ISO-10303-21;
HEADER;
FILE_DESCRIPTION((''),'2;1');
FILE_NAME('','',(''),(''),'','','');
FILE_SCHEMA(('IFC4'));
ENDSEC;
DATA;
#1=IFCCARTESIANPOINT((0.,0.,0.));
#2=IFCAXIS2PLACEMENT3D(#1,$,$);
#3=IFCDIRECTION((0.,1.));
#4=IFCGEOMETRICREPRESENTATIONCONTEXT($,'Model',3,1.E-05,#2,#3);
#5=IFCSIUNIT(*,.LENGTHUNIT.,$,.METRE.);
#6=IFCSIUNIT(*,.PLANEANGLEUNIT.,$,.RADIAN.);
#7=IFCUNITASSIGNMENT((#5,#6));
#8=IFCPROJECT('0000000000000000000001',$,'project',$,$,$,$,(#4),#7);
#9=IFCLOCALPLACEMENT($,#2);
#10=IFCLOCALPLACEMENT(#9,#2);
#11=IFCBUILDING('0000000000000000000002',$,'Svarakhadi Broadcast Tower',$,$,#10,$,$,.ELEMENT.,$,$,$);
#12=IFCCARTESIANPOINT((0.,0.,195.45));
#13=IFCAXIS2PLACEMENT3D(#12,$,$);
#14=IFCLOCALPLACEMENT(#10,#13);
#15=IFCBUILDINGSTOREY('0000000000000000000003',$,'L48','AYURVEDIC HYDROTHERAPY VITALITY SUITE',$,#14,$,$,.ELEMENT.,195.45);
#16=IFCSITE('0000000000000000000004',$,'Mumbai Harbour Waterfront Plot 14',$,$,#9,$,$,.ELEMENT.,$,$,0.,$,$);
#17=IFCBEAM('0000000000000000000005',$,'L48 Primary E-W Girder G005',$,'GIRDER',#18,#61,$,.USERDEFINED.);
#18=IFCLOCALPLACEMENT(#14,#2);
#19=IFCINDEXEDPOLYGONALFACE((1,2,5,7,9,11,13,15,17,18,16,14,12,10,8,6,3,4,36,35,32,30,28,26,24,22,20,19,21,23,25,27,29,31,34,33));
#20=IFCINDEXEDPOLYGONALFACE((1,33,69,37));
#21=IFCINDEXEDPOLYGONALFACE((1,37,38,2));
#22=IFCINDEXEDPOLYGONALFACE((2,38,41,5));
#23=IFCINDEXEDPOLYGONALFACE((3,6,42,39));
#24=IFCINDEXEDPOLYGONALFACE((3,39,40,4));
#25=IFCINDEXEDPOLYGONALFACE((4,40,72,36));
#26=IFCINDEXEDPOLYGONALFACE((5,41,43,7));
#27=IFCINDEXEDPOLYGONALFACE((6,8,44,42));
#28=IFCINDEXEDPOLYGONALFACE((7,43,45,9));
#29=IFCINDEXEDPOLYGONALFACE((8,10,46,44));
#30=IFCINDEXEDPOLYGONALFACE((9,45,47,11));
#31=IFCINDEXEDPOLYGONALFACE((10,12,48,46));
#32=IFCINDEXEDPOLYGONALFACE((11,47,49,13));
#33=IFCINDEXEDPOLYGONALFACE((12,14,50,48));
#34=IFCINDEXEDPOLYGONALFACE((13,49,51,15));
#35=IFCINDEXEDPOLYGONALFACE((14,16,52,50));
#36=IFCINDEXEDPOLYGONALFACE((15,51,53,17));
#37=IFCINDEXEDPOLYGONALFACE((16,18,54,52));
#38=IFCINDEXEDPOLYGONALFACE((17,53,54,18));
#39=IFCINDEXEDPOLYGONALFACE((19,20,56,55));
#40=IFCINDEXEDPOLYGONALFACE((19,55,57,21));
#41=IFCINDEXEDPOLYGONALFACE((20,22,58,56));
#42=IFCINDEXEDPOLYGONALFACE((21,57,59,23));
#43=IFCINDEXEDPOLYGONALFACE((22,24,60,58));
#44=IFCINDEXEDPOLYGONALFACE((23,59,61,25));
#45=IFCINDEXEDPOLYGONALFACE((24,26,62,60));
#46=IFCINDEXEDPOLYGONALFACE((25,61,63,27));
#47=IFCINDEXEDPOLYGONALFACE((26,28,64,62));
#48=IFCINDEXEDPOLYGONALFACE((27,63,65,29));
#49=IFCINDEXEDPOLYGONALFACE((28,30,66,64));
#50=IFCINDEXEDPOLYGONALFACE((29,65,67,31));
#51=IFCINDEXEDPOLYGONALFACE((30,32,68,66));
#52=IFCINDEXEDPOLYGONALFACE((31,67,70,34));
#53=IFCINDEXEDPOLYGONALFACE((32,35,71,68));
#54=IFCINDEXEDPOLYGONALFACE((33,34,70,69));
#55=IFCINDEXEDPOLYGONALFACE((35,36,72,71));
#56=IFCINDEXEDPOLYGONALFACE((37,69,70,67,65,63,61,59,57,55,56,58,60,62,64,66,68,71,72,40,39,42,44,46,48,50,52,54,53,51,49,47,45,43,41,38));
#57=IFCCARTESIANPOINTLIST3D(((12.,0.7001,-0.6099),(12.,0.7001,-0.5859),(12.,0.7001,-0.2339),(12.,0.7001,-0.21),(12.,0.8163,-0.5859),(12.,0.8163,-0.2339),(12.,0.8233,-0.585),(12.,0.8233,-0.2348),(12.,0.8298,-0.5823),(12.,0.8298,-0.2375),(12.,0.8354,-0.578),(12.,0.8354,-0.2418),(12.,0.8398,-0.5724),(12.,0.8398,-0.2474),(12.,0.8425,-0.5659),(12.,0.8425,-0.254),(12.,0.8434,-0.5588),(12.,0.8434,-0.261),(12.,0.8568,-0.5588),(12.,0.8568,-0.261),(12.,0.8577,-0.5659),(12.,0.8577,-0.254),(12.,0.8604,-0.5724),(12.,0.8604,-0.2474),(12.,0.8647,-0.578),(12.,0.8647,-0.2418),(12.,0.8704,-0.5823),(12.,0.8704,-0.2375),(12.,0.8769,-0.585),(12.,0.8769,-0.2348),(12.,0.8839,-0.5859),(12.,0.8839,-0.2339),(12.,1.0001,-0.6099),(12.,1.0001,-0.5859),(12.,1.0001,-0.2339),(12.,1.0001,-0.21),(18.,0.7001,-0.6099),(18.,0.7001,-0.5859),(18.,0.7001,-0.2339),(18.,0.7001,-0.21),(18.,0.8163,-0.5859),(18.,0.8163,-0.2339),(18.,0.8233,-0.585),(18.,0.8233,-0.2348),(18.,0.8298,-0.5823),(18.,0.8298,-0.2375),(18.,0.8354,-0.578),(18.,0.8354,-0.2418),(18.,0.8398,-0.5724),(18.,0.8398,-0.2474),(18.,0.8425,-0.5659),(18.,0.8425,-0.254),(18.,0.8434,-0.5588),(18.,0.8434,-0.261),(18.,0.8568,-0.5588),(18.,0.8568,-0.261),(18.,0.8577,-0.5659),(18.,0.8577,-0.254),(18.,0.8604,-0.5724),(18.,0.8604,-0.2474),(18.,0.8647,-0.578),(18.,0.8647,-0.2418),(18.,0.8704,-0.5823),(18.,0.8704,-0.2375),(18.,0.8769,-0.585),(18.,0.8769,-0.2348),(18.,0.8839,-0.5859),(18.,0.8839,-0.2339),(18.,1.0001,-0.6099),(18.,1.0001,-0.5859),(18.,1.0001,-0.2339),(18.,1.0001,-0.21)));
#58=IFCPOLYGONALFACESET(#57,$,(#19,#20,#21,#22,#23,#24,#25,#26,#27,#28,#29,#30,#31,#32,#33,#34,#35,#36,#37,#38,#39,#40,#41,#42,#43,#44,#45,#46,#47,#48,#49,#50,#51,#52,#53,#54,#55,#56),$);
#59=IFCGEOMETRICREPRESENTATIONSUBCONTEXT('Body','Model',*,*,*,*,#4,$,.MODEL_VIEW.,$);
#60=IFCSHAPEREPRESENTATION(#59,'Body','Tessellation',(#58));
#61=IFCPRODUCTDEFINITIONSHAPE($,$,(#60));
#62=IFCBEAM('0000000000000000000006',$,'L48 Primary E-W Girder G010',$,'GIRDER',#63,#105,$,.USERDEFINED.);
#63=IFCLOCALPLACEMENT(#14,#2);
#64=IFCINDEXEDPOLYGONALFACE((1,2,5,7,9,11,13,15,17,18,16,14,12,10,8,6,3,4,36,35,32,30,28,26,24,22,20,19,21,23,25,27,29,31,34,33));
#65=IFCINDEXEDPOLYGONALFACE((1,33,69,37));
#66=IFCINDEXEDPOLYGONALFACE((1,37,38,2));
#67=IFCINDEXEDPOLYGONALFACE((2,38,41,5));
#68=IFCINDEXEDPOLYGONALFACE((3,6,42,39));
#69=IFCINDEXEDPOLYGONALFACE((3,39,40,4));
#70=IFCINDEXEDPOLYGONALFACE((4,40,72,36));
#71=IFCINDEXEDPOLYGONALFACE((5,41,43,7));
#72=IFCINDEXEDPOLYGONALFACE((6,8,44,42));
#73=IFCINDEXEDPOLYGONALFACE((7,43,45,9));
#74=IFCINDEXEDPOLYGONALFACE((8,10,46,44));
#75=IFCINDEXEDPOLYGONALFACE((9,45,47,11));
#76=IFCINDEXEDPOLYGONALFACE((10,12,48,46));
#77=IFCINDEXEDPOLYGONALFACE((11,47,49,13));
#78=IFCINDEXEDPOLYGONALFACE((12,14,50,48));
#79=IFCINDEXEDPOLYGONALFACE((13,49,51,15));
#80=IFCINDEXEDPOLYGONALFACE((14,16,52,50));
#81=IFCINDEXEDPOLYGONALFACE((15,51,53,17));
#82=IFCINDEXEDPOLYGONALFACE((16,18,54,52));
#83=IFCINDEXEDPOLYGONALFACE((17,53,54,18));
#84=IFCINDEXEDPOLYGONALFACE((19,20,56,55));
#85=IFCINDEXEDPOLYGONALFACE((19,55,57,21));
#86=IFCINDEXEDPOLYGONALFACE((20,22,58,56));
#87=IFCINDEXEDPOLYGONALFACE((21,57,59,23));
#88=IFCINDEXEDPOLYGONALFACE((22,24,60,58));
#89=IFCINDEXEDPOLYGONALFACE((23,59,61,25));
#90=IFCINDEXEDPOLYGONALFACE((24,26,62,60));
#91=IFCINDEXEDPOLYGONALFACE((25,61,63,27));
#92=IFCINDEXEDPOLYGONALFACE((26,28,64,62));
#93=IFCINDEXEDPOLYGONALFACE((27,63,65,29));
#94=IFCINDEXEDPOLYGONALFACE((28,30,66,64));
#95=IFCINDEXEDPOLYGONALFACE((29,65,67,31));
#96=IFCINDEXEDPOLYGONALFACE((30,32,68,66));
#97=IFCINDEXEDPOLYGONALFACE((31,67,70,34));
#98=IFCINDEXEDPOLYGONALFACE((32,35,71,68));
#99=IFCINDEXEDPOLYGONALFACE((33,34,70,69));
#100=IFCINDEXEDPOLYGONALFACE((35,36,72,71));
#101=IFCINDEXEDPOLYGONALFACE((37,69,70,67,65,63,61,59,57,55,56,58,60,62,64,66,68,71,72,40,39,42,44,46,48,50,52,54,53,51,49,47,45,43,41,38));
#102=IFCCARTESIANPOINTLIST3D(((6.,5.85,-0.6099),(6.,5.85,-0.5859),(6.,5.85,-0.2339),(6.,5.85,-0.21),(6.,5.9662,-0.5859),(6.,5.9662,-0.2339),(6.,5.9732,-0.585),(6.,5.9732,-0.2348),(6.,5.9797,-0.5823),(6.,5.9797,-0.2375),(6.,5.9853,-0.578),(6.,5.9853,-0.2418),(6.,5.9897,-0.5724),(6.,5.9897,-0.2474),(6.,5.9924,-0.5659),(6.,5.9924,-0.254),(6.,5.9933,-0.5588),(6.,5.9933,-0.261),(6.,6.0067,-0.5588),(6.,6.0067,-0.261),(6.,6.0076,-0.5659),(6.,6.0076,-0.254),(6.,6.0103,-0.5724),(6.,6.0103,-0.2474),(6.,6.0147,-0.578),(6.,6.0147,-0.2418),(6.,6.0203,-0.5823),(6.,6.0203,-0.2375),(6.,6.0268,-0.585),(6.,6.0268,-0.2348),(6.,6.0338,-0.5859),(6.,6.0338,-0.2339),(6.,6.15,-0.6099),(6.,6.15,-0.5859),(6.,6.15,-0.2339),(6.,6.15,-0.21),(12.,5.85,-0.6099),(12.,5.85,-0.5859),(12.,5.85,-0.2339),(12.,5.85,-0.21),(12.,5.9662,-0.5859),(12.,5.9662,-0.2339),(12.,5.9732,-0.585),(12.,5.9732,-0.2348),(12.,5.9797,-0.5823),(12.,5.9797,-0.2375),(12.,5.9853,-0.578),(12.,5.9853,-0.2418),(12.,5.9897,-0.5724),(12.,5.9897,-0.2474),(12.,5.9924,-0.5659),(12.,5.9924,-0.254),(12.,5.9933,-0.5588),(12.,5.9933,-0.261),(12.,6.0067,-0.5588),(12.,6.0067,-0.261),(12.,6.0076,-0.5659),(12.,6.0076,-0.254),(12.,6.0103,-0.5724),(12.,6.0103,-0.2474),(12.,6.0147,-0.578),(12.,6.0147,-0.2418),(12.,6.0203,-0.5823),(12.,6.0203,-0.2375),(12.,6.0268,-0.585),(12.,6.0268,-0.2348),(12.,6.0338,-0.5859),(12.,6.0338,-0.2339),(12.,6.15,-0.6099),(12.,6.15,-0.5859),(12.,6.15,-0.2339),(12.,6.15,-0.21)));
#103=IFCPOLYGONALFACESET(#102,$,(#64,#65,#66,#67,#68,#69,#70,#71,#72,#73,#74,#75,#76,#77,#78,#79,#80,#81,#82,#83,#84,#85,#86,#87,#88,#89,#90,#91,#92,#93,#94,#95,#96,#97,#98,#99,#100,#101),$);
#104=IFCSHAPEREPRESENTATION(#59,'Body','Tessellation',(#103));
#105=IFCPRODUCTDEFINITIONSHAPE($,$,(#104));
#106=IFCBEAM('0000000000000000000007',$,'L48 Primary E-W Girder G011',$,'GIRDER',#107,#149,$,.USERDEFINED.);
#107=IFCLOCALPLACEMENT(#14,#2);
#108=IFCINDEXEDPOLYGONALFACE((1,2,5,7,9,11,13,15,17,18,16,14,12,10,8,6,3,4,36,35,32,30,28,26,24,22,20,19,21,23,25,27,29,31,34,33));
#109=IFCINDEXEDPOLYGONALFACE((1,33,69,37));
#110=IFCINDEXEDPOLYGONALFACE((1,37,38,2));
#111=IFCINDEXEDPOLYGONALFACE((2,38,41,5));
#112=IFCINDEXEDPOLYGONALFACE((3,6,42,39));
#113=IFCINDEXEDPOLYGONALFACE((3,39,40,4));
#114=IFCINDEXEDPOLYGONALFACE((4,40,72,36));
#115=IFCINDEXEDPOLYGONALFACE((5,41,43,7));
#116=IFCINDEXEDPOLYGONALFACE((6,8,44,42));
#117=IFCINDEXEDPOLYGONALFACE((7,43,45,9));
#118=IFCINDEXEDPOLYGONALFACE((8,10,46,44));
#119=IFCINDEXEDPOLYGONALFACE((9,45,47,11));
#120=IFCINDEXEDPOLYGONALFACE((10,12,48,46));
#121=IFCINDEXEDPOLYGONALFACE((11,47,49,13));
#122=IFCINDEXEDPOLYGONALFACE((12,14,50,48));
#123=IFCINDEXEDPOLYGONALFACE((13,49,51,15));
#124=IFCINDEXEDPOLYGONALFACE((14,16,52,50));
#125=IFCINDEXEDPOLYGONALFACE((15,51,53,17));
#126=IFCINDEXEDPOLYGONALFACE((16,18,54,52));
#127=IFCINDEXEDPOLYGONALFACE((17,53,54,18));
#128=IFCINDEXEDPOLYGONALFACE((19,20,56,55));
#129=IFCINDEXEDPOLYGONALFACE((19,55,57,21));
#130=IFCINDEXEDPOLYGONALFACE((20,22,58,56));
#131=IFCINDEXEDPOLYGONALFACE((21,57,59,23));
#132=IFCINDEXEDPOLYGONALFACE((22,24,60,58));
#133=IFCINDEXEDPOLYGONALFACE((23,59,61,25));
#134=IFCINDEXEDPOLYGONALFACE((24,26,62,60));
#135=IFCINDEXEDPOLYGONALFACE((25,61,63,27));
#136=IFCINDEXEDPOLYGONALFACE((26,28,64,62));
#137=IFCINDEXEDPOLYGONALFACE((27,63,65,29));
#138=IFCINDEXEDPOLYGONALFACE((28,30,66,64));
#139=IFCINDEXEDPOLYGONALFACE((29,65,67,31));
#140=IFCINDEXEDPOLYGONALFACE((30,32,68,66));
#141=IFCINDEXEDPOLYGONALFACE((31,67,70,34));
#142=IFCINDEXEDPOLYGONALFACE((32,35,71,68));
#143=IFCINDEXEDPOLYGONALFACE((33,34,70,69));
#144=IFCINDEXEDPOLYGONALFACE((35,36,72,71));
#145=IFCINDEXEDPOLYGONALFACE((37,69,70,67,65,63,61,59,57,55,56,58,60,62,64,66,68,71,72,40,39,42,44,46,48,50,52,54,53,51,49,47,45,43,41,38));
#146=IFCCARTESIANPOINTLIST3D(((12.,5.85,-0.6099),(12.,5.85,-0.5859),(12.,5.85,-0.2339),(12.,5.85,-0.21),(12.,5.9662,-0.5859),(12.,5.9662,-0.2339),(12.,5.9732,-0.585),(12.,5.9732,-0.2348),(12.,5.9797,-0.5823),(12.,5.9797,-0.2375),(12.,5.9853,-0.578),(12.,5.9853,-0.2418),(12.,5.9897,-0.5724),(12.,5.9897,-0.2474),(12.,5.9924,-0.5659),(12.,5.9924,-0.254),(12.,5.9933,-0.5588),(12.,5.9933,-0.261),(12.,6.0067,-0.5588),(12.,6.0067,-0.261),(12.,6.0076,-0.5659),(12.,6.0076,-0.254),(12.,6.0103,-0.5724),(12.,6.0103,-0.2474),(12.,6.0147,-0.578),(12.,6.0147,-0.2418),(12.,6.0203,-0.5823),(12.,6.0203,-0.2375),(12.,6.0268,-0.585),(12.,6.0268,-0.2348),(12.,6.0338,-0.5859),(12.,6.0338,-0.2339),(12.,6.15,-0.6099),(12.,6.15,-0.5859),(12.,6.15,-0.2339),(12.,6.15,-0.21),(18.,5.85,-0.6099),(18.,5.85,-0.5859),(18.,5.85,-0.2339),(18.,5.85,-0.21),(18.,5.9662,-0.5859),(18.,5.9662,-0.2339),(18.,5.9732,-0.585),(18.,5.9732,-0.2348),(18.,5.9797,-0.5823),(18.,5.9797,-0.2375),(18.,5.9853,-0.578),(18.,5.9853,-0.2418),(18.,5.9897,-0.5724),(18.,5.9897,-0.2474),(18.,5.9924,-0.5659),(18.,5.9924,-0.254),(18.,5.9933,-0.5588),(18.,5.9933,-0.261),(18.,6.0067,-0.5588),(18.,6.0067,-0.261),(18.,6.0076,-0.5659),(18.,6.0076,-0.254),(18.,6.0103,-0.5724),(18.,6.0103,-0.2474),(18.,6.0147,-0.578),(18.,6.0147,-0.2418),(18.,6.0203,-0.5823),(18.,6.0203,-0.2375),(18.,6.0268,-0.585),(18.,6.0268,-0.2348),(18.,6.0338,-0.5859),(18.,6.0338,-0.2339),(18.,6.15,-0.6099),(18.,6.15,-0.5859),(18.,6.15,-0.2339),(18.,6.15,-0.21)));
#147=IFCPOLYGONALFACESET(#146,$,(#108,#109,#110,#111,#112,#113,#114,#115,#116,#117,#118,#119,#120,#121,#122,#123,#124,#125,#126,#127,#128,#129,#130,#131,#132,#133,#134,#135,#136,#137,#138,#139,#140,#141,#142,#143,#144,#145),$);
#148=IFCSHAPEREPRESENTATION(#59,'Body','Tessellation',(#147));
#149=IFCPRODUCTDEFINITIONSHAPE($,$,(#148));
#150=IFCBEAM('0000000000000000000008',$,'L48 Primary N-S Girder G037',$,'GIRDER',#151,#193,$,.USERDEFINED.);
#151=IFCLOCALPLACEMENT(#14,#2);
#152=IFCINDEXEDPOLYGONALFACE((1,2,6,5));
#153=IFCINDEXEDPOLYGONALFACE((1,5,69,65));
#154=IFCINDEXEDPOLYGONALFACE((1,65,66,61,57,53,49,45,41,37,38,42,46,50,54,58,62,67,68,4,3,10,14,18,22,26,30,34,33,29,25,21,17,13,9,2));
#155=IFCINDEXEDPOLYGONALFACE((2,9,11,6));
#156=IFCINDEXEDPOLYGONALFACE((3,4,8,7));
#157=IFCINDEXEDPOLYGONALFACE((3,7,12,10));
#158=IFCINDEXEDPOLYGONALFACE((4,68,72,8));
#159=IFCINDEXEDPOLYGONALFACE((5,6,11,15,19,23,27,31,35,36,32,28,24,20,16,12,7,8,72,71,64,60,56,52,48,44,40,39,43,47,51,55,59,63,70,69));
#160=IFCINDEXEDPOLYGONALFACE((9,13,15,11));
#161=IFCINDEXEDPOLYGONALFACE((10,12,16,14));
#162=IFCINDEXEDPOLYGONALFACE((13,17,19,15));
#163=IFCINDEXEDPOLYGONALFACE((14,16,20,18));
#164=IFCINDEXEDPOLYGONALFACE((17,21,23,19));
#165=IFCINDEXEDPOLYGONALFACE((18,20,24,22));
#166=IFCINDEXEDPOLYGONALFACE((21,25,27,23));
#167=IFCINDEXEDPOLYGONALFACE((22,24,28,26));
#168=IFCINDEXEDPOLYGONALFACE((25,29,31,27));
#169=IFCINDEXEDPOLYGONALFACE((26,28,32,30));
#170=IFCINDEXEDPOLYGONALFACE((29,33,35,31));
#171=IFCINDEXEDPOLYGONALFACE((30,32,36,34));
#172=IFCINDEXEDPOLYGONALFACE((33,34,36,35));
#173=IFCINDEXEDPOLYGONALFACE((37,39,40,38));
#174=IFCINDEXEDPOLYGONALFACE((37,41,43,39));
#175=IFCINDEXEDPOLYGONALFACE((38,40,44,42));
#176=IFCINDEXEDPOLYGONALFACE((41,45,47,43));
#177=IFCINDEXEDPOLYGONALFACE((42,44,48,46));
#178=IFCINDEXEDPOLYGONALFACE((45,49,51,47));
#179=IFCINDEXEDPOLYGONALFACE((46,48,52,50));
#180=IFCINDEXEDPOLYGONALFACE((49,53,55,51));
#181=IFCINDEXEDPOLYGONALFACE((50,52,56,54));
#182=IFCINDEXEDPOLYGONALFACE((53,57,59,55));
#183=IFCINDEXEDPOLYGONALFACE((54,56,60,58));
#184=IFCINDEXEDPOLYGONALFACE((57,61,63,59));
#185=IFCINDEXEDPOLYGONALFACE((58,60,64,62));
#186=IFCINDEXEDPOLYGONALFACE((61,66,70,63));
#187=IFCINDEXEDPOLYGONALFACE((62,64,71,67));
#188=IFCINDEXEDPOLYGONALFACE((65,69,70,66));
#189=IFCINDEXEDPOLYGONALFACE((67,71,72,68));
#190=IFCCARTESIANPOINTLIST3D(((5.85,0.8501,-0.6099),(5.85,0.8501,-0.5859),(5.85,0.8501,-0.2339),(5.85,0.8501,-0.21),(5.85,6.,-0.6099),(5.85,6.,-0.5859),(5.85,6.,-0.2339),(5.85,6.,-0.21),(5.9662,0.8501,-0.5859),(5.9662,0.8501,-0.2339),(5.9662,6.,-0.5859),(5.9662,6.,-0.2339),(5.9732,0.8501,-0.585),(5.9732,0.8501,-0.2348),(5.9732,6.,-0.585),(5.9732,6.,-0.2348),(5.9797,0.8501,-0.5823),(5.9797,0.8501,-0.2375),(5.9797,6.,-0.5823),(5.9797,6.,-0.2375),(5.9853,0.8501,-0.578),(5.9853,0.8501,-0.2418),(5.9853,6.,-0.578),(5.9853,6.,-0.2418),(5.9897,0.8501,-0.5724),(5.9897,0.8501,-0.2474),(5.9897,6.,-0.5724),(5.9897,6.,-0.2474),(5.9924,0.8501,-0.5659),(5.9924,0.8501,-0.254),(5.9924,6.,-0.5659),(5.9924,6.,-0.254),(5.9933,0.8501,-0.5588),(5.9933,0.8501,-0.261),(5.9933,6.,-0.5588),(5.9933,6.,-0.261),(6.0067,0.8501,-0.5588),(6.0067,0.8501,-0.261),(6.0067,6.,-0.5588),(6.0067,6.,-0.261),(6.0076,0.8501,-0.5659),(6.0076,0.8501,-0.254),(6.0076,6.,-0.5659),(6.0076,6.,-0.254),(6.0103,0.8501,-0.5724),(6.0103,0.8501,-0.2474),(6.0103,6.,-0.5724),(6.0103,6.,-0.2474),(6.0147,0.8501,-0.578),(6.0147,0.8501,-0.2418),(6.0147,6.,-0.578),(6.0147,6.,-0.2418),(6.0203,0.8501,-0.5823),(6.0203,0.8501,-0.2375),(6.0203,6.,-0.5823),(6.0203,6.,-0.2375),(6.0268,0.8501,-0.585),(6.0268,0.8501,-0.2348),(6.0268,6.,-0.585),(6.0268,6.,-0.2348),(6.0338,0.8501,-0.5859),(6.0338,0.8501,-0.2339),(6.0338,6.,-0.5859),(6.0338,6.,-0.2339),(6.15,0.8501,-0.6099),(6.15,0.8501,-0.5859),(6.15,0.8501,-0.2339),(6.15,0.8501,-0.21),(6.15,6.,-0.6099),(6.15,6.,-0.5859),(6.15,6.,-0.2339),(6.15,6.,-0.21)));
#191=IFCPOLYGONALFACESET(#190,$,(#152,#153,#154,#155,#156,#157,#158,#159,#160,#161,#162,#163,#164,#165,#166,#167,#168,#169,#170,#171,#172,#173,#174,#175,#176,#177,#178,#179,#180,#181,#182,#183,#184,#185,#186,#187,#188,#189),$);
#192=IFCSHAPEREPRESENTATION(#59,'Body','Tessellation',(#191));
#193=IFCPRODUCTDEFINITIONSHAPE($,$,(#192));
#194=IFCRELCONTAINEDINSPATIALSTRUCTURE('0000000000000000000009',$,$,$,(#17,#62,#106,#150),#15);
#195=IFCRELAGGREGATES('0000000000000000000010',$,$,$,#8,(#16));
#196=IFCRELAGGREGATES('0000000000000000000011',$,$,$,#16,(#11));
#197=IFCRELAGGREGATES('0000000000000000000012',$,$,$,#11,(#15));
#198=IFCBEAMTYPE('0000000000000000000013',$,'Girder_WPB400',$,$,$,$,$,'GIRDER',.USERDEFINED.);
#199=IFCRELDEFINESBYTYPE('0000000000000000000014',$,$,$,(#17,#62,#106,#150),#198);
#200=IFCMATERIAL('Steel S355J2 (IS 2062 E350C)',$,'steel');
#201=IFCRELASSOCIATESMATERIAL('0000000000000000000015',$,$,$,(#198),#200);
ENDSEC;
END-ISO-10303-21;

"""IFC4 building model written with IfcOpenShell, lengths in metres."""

from ifc_helpers import new_model, si_unit, direction, frame, origin, origin_2d, place, context, subcontext, project, spatial, i_section, extrude, material, material_profile, profile_set, type_object, element, save


model = new_model("IFC4")

# Units and contexts
model_context = context("Model", 3, precision=1e-05, world=origin(), true_north=direction((0.0, 1.0)))
body_context = subcontext(model_context, "Body", "Model", "MODEL_VIEW")
ifc_project = project(units=[si_unit("LENGTHUNIT", "METRE"), si_unit("PLANEANGLEUNIT", "RADIAN")], contexts=[model_context])

# Site, building, storey
site_placement = place(None, origin())
site = spatial("IfcSite", under=ifc_project, at=site_placement, Name="Mumbai Harbour Waterfront Plot 14", CompositionType="ELEMENT", RefElevation=0.0)
building_placement = place(site_placement, origin())
building = spatial("IfcBuilding", under=site, at=building_placement, Name="Svarakhadi Broadcast Tower", CompositionType="ELEMENT")
storey_placement = place(building_placement, frame((0.0, 0.0, 195.45)))
storey = spatial("IfcBuildingStorey", under=building, at=storey_placement, Name="L48", Description="AYURVEDIC HYDROTHERAPY VITALITY SUITE", CompositionType="ELEMENT", Elevation=195.45)

# Shared definitions
ifc_material_1 = material(Name="Steel S355J2 (IS 2062 E350C)", Category="steel")

# Beams
ifc_material_profile_1 = material_profile(ifc_material_1, i_section(OverallWidth=0.3, OverallDepth=0.3999, WebThickness=0.0134, FlangeThickness=0.0239, FilletRadius=0.0271, at=origin_2d()), Name="WPB 400x300x155")
ifc_profile_set_1 = profile_set([ifc_material_profile_1], Name="Steel S355J2 (IS 2062 E350C)")
beam_type_1 = type_object("IfcBeamType", Name="Girder_WPB400", ElementType="GIRDER", PredefinedType="USERDEFINED", material=ifc_profile_set_1)
for number, where, z_axis, x_axis, name in (
    (1, (12.0, 0.8501, -0.4099), (1.0, 0.0, 0.0), (0.0, 1.0, 0.0), "L48 Primary E-W Girder G005"),
    (2, (6.0, 6.0, -0.4099), (1.0, 0.0, 0.0), (0.0, 1.0, 0.0), "L48 Primary E-W Girder G010"),
    (3, (12.0, 6.0, -0.4099), (1.0, 0.0, 0.0), (0.0, 1.0, 0.0), "L48 Primary E-W Girder G011"),
):
    element("IfcBeam", number, at=place(storey_placement, frame(where, z_axis=z_axis, x_axis=x_axis)), inside=storey, type_object=beam_type_1, Name=name, ObjectType="GIRDER", PredefinedType="USERDEFINED", context=body_context, shape_type="SweptSolid", body=[
        extrude(i_section(OverallWidth=0.3, OverallDepth=0.3999, WebThickness=0.0134, FlangeThickness=0.0239, FilletRadius=0.0271, at=origin_2d()), origin(), (0.0, 0.0, 1.0), 6.0),
    ])
beam_1_placement = place(storey_placement, frame((6.0, 0.8501, -0.4099), z_axis=(0.0, 1.0, 0.0), x_axis=(-1.0, 0.0, 0.0)))
element("IfcBeam", 4, at=beam_1_placement, inside=storey, type_object=beam_type_1, Name="L48 Primary N-S Girder G037", ObjectType="GIRDER", PredefinedType="USERDEFINED", context=body_context, shape_type="SweptSolid", body=[
    extrude(i_section(OverallWidth=0.3, OverallDepth=0.3999, WebThickness=0.0134, FlangeThickness=0.0239, FilletRadius=0.0271, at=origin_2d()), origin(), (0.0, 0.0, 1.0), 5.1499),
])

save(model, "model.ifc")
